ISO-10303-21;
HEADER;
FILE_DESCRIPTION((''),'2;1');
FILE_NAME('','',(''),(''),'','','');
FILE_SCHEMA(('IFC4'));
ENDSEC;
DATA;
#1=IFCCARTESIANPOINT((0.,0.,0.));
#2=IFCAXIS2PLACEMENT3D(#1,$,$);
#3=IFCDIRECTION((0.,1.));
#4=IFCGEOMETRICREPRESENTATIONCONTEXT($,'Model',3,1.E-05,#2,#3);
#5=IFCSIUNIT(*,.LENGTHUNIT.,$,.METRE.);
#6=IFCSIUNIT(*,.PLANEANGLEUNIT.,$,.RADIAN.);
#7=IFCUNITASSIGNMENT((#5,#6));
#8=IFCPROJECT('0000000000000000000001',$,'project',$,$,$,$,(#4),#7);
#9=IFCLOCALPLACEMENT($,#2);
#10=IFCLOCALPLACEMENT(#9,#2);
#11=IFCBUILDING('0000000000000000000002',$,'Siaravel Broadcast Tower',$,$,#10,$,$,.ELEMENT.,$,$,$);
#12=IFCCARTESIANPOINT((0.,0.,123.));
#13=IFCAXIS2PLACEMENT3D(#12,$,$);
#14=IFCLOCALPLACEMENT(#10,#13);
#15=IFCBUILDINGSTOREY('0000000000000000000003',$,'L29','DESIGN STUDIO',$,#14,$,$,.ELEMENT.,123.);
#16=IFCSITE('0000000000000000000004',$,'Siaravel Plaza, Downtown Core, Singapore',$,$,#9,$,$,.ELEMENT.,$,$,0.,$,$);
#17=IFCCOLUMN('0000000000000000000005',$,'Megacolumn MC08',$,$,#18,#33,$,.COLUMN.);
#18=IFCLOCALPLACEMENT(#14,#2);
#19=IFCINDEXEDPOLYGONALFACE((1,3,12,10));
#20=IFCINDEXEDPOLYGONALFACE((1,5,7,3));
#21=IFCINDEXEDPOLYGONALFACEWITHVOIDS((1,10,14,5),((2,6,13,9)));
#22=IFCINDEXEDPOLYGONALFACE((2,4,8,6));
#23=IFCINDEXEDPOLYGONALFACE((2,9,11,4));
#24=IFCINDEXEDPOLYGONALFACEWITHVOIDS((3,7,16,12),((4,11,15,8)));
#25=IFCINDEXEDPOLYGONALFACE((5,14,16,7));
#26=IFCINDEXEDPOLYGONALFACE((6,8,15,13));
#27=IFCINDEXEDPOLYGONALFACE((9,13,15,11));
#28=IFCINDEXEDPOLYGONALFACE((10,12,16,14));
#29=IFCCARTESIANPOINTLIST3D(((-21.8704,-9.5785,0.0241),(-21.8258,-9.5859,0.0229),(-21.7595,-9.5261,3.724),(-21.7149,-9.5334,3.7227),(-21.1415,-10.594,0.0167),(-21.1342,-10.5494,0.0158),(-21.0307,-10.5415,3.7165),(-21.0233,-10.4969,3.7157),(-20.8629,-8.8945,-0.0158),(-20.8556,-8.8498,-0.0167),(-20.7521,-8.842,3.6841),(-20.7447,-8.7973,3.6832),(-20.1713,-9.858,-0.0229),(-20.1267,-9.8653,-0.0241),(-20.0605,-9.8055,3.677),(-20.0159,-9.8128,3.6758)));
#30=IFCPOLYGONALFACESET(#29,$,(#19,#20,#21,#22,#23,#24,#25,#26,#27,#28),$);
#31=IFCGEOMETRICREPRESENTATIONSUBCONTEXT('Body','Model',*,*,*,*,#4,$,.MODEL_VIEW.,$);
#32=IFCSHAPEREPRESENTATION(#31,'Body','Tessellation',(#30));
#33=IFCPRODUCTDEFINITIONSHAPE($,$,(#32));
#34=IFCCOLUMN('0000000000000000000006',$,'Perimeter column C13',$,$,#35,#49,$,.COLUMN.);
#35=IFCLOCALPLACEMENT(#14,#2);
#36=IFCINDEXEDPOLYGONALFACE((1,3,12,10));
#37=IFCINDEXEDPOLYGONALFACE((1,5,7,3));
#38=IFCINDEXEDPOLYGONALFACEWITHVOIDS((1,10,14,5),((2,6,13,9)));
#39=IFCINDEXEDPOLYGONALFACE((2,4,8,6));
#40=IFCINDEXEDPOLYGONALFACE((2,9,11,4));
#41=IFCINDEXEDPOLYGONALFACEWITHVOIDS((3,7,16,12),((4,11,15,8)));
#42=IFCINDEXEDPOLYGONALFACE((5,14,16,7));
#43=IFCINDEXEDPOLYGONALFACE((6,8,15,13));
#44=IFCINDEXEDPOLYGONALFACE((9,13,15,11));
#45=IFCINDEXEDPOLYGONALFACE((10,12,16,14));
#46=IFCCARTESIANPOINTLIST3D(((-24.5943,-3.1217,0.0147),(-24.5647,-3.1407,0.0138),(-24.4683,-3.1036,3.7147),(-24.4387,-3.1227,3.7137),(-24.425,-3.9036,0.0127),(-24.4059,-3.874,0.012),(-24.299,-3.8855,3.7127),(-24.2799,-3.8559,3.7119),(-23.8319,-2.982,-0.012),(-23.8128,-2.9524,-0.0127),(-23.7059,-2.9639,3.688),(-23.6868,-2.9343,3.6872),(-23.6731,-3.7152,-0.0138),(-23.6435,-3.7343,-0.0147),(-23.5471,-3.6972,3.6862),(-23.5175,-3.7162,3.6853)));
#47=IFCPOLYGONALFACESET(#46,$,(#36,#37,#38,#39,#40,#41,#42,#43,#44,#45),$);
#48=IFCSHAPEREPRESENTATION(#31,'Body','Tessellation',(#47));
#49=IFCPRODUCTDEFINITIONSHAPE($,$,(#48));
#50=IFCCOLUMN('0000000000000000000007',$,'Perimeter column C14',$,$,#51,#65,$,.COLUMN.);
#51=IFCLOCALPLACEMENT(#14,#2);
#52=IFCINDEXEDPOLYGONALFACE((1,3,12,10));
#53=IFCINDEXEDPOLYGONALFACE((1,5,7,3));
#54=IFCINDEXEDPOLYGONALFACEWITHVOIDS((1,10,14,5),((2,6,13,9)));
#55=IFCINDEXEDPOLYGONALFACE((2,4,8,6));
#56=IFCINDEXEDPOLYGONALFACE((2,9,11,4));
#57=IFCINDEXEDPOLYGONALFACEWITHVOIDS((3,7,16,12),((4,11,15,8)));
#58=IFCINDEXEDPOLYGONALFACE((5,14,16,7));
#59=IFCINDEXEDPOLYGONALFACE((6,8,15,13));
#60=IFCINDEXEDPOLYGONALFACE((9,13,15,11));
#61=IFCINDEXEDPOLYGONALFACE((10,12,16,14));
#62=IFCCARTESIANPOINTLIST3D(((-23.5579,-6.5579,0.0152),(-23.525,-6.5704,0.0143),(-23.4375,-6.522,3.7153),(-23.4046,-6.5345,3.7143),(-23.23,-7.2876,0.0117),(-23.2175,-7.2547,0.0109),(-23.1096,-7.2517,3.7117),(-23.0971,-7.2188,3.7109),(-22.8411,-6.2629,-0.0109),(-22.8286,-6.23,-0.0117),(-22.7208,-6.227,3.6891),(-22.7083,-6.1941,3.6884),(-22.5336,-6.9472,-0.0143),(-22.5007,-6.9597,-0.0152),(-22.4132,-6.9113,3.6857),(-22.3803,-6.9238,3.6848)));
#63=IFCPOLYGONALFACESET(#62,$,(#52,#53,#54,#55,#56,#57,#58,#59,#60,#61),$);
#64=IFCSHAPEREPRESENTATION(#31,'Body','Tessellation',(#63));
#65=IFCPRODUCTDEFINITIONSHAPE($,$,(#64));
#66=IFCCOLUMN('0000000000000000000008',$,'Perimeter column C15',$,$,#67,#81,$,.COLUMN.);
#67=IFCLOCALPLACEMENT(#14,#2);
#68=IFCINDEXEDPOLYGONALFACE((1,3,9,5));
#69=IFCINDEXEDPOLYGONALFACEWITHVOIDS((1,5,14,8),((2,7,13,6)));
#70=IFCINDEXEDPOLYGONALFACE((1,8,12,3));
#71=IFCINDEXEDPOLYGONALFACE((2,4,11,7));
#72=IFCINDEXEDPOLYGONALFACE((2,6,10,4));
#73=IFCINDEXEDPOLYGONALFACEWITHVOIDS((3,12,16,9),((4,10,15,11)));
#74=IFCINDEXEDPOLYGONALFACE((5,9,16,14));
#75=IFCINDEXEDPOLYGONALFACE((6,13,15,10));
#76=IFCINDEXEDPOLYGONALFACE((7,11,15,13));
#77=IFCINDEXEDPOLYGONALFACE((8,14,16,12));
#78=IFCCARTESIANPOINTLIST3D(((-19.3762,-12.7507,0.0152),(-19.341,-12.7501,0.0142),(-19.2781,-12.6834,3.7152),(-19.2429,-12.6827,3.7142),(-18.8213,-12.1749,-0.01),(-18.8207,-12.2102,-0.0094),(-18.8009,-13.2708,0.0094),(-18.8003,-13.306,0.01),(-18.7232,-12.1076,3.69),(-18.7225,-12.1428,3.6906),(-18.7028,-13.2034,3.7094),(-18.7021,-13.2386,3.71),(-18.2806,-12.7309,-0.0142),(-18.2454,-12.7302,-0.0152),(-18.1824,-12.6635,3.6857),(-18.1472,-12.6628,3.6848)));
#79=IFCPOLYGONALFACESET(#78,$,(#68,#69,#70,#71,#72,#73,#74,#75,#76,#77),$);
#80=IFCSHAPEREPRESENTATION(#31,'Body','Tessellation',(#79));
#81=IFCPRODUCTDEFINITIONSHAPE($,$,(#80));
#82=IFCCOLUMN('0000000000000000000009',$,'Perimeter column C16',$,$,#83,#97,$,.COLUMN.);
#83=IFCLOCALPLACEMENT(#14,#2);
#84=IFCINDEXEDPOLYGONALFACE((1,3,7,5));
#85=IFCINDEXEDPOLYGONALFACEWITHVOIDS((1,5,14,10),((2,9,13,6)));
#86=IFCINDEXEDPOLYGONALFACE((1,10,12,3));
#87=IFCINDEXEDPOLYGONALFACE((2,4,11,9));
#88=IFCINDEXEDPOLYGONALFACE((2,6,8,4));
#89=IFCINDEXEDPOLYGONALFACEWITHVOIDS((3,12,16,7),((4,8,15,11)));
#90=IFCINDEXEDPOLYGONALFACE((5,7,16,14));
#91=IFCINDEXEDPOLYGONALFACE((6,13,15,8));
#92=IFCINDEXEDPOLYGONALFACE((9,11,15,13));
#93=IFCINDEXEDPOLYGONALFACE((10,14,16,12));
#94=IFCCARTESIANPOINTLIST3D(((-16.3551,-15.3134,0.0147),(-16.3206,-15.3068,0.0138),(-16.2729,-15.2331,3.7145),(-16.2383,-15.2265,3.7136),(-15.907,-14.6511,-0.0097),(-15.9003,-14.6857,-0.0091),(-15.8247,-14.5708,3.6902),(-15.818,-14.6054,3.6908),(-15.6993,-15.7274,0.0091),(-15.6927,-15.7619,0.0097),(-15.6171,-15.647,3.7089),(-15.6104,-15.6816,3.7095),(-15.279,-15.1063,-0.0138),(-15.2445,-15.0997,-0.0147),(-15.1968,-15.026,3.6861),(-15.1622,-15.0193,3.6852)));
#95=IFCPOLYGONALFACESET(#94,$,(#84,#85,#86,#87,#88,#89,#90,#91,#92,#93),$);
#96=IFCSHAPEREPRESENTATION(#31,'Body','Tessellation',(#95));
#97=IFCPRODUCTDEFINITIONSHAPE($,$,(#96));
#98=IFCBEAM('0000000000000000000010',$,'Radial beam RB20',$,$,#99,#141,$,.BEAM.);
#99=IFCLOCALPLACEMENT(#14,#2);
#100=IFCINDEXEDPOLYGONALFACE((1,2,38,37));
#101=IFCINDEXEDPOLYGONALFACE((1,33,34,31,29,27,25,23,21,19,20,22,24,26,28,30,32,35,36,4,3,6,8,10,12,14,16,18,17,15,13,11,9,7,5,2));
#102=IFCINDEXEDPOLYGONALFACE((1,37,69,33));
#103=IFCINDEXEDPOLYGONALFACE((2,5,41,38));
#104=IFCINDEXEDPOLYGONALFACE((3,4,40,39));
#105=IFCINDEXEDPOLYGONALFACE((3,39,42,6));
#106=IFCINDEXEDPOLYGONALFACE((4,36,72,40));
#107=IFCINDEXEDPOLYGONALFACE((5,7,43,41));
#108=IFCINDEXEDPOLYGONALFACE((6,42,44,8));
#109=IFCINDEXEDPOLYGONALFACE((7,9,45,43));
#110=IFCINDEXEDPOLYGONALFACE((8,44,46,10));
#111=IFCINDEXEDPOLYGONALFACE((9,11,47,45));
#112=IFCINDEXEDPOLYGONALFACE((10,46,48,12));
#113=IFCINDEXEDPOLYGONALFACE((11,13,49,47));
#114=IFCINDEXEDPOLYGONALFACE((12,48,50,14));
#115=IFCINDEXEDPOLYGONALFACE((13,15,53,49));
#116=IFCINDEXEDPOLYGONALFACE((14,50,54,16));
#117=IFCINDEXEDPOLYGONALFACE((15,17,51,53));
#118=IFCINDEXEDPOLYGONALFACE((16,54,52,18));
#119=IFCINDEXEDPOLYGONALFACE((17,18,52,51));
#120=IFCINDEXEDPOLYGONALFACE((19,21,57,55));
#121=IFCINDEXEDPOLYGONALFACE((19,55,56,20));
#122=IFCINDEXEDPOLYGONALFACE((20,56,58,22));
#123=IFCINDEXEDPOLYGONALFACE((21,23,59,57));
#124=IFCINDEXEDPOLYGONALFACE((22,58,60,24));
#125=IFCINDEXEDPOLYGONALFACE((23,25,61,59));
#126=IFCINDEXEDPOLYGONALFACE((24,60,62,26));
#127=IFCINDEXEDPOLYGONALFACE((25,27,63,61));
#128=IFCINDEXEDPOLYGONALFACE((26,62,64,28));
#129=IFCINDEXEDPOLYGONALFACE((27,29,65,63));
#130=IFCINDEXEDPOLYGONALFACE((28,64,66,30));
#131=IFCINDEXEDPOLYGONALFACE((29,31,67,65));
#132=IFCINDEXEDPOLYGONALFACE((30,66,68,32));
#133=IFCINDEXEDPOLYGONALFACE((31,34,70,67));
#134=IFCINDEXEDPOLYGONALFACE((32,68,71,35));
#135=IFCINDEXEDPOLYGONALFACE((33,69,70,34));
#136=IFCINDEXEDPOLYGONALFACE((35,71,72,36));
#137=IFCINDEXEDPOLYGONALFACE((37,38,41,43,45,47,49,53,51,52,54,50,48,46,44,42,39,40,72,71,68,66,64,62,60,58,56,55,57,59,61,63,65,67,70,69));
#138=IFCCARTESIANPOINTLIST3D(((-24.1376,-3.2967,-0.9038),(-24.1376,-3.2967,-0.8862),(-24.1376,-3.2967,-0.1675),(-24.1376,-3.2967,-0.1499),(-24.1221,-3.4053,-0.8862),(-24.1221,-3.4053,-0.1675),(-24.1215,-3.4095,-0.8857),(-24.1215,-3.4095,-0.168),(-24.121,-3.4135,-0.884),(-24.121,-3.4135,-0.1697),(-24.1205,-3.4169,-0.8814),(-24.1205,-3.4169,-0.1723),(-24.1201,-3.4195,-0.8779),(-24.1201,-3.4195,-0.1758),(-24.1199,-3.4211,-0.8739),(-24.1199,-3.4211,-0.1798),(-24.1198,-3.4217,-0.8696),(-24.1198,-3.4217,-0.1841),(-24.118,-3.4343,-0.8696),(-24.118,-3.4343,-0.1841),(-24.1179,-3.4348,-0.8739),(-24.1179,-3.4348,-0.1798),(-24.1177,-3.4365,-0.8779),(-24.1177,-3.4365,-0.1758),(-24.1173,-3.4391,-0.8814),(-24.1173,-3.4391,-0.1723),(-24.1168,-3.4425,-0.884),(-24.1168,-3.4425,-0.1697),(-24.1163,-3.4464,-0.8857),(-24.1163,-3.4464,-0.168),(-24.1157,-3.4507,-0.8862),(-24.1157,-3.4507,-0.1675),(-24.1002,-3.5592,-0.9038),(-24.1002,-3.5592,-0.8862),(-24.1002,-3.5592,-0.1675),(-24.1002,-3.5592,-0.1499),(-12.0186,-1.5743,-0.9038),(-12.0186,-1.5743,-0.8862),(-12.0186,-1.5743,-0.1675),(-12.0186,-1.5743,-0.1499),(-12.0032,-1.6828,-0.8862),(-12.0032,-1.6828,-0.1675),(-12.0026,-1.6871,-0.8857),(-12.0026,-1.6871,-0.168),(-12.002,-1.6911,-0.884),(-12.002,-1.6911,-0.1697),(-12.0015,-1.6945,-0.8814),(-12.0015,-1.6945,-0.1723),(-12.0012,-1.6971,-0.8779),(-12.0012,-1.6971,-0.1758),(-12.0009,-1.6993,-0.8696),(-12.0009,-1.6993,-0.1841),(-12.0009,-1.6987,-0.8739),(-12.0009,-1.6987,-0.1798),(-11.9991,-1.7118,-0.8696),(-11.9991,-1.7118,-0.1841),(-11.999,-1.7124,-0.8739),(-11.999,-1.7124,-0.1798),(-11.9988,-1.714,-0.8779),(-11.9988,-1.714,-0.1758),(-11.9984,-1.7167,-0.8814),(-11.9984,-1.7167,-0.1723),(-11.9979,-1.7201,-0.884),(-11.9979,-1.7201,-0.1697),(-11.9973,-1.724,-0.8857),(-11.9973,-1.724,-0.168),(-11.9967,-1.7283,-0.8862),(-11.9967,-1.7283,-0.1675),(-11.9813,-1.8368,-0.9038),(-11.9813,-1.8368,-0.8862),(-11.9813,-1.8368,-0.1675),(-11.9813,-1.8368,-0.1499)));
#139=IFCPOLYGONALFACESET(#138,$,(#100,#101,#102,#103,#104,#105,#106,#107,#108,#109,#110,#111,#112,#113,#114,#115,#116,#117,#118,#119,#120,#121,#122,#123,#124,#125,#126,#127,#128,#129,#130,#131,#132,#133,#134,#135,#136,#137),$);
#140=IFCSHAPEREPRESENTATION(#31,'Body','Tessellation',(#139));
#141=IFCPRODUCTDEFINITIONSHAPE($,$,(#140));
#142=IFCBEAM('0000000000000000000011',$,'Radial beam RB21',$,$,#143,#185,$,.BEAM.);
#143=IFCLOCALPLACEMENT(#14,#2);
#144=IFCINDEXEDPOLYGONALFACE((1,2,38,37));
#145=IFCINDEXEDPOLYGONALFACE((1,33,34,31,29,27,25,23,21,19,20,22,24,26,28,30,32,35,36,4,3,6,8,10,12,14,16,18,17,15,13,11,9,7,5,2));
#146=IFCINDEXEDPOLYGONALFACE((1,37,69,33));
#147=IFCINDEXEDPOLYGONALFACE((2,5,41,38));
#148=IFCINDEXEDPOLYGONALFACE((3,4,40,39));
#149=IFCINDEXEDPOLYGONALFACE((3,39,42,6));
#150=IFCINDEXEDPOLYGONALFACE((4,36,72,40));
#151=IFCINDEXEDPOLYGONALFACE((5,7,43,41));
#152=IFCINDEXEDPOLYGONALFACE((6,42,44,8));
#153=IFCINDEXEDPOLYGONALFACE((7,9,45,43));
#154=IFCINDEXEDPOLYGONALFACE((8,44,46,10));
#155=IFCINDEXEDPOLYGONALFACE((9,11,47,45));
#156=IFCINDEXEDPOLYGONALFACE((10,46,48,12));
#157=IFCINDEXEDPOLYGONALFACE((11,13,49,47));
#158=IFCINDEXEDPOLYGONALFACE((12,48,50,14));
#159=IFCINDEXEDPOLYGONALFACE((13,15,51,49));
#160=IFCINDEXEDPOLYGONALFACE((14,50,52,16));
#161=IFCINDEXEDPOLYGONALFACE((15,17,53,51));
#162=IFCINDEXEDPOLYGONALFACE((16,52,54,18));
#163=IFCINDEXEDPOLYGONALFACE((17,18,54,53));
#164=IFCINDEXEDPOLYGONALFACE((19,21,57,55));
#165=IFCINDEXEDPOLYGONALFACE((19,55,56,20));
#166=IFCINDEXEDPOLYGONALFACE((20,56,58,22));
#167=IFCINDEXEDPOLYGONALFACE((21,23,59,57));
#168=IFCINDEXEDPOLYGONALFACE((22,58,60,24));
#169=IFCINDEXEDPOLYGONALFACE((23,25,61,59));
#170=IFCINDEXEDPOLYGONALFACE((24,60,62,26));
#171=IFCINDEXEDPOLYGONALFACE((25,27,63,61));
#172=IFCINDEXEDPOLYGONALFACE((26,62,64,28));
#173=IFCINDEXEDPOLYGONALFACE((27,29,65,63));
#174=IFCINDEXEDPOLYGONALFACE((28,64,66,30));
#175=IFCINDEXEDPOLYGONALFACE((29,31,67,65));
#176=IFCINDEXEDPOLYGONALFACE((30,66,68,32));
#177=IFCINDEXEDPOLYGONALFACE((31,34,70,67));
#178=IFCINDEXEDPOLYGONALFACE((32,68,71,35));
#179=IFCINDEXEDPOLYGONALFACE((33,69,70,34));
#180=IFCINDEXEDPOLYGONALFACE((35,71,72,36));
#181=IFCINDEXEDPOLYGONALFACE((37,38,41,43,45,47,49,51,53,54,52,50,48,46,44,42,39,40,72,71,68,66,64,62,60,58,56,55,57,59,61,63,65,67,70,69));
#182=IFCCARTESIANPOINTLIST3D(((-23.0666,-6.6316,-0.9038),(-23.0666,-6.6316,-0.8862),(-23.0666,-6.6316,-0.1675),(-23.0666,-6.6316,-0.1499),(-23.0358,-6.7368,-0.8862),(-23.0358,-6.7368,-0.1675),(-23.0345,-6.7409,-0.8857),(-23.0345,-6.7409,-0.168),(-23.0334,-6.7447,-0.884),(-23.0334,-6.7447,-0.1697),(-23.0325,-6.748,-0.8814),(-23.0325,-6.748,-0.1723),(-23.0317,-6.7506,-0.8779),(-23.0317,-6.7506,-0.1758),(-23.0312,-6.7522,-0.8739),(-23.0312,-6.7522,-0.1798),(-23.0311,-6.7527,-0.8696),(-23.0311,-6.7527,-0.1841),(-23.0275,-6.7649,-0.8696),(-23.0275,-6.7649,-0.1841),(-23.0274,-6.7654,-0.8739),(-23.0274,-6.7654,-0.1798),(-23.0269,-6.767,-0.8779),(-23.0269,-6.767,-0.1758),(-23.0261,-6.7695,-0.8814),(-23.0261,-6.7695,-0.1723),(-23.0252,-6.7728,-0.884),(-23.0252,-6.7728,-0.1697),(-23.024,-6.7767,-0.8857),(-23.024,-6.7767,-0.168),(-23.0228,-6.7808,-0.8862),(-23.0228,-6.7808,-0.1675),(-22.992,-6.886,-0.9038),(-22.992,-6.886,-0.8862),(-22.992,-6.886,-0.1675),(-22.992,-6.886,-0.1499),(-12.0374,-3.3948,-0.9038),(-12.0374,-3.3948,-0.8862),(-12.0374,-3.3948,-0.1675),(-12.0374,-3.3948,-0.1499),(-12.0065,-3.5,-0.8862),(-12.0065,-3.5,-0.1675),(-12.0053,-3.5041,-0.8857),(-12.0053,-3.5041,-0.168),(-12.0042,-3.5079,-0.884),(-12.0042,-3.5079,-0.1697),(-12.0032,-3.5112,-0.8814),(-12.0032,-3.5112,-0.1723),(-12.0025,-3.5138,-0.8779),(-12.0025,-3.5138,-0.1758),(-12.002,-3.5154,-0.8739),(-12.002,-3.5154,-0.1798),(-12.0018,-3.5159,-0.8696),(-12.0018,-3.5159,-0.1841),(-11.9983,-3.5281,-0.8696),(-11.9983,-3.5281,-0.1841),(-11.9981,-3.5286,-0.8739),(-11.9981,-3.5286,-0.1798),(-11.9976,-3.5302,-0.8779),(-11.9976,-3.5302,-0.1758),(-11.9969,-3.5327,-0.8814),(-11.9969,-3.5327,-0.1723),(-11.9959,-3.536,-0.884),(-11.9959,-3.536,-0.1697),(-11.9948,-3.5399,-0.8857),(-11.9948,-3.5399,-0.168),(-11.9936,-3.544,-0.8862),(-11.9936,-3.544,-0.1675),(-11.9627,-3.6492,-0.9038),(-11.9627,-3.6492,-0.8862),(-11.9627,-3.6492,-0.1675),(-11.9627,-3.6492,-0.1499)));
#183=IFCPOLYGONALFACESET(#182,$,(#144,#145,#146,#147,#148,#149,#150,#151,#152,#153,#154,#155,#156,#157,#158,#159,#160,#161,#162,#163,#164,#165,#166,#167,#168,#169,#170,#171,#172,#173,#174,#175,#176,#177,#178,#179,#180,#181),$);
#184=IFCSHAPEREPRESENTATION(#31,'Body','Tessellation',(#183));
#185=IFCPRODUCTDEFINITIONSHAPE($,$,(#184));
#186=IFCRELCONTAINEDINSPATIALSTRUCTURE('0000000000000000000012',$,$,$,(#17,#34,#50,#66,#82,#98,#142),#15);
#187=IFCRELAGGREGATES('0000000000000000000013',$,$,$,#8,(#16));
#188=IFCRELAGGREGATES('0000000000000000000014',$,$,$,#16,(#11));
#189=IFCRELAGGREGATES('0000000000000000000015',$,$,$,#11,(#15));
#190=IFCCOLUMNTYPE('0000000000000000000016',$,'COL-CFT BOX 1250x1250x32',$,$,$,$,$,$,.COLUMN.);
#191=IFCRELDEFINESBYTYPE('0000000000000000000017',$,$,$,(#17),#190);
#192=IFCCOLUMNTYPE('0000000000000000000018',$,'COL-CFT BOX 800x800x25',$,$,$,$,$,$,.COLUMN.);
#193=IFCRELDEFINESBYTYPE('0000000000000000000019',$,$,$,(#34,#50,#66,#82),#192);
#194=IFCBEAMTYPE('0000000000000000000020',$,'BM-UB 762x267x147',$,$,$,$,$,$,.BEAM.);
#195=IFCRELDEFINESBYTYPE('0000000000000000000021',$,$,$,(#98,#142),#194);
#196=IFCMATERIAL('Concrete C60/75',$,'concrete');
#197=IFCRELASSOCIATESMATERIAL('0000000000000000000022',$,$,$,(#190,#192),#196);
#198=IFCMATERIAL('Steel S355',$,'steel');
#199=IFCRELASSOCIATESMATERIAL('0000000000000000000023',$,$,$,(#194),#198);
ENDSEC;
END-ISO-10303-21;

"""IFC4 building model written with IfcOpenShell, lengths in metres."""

from ifc_helpers import new_model, si_unit, direction, frame, origin, origin_2d, place, context, subcontext, project, spatial, hollow_rectangle, i_section, extrude, material, material_profile, profile_set, type_object, element, save


model = new_model("IFC4")

# Units and contexts
model_context = context("Model", 3, precision=1e-05, world=origin(), true_north=direction((0.0, 1.0)))
body_context = subcontext(model_context, "Body", "Model", "MODEL_VIEW")
ifc_project = project(units=[si_unit("LENGTHUNIT", "METRE"), si_unit("PLANEANGLEUNIT", "RADIAN")], contexts=[model_context])

# Site, building, storey
site_placement = place(None, origin())
site = spatial("IfcSite", under=ifc_project, at=site_placement, Name="Siaravel Plaza, Downtown Core, Singapore", CompositionType="ELEMENT", RefElevation=0.0)
building_placement = place(site_placement, origin())
building = spatial("IfcBuilding", under=site, at=building_placement, Name="Siaravel Broadcast Tower", CompositionType="ELEMENT")
storey_placement = place(building_placement, frame((0.0, 0.0, 123.0)))
storey = spatial("IfcBuildingStorey", under=building, at=storey_placement, Name="L29", Description="DESIGN STUDIO", CompositionType="ELEMENT", Elevation=123.0)

# Columns
ifc_material_1 = material(Name="Concrete C60/75", Category="concrete")
ifc_material_profile_1 = material_profile(ifc_material_1, hollow_rectangle(XDim=1.25, YDim=1.25, WallThickness=0.032, at=origin_2d()))
ifc_profile_set_1 = profile_set([ifc_material_profile_1], Name="Concrete C60/75")
column_type_1 = type_object("IfcColumnType", Name="COL-CFT BOX 1250x1250x32", PredefinedType="COLUMN", material=ifc_profile_set_1)
column_1_placement = place(storey_placement, frame((-20.9985, -9.7219, 0.0), z_axis=(0.029941, 0.014179, 0.999451), x_axis=(-0.583108, 0.812373, 0.005943)))
element("IfcColumn", 1, at=column_1_placement, inside=storey, type_object=column_type_1, Name="Megacolumn MC08", PredefinedType="COLUMN", context=body_context, shape_type="SweptSolid", body=[
    extrude(hollow_rectangle(XDim=1.25, YDim=1.25, WallThickness=0.032, at=origin_2d()), origin(), (0.0, 0.0, 1.0), 3.7019),
])
ifc_material_profile_2 = material_profile(ifc_material_1, hollow_rectangle(XDim=0.8, YDim=0.8, WallThickness=0.0249, at=origin_2d()))
ifc_profile_set_2 = profile_set([ifc_material_profile_2], Name="Concrete C60/75")
column_type_2 = type_object("IfcColumnType", Name="COL-CFT BOX 800x800x25", PredefinedType="COLUMN", material=ifc_profile_set_2)
for number, where, z_axis, x_axis, name in (
    (2, (-24.1189, -3.428, 0.0), (0.034028, 0.00488, 0.999409), (-0.211628, 0.977347, 0.002433), "Perimeter column C13"),
    (3, (-23.0293, -6.7588, 0.0), (0.032512, 0.009694, 0.999424), (-0.409917, 0.912112, 0.004488), "Perimeter column C14"),
):
    element("IfcColumn", number, at=place(storey_placement, frame(where, z_axis=z_axis, x_axis=x_axis)), inside=storey, type_object=column_type_2, Name=name, PredefinedType="COLUMN", context=body_context, shape_type="SweptSolid", body=[
        extrude(hollow_rectangle(XDim=0.8, YDim=0.8, WallThickness=0.0249, at=origin_2d()), origin(), (0.0, 0.0, 1.0), 3.7021),
    ])
column_2_placement = place(storey_placement, frame((-18.8108, -12.7405, 0.0), z_axis=(0.026512, 0.018202, 0.999483), x_axis=(-0.719899, 0.694049, 0.006456)))
element("IfcColumn", 4, at=column_2_placement, inside=storey, type_object=column_type_2, Name="Perimeter column C15", PredefinedType="COLUMN", context=body_context, shape_type="SweptSolid", body=[
    extrude(hollow_rectangle(XDim=0.8, YDim=0.8, WallThickness=0.0249, at=origin_2d()), origin(), (0.0, 0.0, 1.0), 3.7019),
])
column_3_placement = place(storey_placement, frame((-15.7998, -15.2065, 0.0), z_axis=(0.022226, 0.021699, 0.999517), x_axis=(-0.828057, 0.560609, 0.006243)))
element("IfcColumn", 5, at=column_3_placement, inside=storey, type_object=column_type_2, Name="Perimeter column C16", PredefinedType="COLUMN", context=body_context, shape_type="SweptSolid", body=[
    extrude(hollow_rectangle(XDim=0.8, YDim=0.8, WallThickness=0.0249, at=origin_2d()), origin(), (0.0, 0.0, 1.0), 3.7017),
])

# Beams
ifc_material_2 = material(Name="Steel S355", Category="steel")
ifc_material_profile_3 = material_profile(ifc_material_2, i_section(OverallWidth=0.2651, OverallDepth=0.7539, WebThickness=0.0127, FlangeThickness=0.0176, FilletRadius=0.0166, at=origin_2d()))
ifc_profile_set_3 = profile_set([ifc_material_profile_3], Name="Steel S355")
beam_type = type_object("IfcBeamType", Name="BM-UB 762x267x147", PredefinedType="BEAM", material=ifc_profile_set_3)
beam_1_placement = place(storey_placement, frame((-24.1189, -3.428, -0.5269), z_axis=(0.990051, 0.140712, 0.0), x_axis=(-0.140712, 0.990051, 0.0)))
element("IfcBeam", 6, at=beam_1_placement, inside=storey, type_object=beam_type, Name="Radial beam RB20", PredefinedType="BEAM", context=body_context, shape_type="SweptSolid", body=[
    extrude(i_section(OverallWidth=0.2651, OverallDepth=0.7539, WebThickness=0.0127, FlangeThickness=0.0176, FilletRadius=0.0166, at=origin_2d()), origin(), (0.0, 0.0, 1.0), 12.2407),
])
beam_2_placement = place(storey_placement, frame((-23.0293, -6.7588, -0.5269), z_axis=(0.959532, 0.281598, 0.0), x_axis=(-0.281598, 0.959532, 0.0)))
element("IfcBeam", 7, at=beam_2_placement, inside=storey, type_object=beam_type, Name="Radial beam RB21", PredefinedType="BEAM", context=body_context, shape_type="SweptSolid", body=[
    extrude(i_section(OverallWidth=0.2651, OverallDepth=0.7539, WebThickness=0.0127, FlangeThickness=0.0176, FilletRadius=0.0166, at=origin_2d()), origin(), (0.0, 0.0, 1.0), 11.4944),
])

save(model, "model.ifc")
